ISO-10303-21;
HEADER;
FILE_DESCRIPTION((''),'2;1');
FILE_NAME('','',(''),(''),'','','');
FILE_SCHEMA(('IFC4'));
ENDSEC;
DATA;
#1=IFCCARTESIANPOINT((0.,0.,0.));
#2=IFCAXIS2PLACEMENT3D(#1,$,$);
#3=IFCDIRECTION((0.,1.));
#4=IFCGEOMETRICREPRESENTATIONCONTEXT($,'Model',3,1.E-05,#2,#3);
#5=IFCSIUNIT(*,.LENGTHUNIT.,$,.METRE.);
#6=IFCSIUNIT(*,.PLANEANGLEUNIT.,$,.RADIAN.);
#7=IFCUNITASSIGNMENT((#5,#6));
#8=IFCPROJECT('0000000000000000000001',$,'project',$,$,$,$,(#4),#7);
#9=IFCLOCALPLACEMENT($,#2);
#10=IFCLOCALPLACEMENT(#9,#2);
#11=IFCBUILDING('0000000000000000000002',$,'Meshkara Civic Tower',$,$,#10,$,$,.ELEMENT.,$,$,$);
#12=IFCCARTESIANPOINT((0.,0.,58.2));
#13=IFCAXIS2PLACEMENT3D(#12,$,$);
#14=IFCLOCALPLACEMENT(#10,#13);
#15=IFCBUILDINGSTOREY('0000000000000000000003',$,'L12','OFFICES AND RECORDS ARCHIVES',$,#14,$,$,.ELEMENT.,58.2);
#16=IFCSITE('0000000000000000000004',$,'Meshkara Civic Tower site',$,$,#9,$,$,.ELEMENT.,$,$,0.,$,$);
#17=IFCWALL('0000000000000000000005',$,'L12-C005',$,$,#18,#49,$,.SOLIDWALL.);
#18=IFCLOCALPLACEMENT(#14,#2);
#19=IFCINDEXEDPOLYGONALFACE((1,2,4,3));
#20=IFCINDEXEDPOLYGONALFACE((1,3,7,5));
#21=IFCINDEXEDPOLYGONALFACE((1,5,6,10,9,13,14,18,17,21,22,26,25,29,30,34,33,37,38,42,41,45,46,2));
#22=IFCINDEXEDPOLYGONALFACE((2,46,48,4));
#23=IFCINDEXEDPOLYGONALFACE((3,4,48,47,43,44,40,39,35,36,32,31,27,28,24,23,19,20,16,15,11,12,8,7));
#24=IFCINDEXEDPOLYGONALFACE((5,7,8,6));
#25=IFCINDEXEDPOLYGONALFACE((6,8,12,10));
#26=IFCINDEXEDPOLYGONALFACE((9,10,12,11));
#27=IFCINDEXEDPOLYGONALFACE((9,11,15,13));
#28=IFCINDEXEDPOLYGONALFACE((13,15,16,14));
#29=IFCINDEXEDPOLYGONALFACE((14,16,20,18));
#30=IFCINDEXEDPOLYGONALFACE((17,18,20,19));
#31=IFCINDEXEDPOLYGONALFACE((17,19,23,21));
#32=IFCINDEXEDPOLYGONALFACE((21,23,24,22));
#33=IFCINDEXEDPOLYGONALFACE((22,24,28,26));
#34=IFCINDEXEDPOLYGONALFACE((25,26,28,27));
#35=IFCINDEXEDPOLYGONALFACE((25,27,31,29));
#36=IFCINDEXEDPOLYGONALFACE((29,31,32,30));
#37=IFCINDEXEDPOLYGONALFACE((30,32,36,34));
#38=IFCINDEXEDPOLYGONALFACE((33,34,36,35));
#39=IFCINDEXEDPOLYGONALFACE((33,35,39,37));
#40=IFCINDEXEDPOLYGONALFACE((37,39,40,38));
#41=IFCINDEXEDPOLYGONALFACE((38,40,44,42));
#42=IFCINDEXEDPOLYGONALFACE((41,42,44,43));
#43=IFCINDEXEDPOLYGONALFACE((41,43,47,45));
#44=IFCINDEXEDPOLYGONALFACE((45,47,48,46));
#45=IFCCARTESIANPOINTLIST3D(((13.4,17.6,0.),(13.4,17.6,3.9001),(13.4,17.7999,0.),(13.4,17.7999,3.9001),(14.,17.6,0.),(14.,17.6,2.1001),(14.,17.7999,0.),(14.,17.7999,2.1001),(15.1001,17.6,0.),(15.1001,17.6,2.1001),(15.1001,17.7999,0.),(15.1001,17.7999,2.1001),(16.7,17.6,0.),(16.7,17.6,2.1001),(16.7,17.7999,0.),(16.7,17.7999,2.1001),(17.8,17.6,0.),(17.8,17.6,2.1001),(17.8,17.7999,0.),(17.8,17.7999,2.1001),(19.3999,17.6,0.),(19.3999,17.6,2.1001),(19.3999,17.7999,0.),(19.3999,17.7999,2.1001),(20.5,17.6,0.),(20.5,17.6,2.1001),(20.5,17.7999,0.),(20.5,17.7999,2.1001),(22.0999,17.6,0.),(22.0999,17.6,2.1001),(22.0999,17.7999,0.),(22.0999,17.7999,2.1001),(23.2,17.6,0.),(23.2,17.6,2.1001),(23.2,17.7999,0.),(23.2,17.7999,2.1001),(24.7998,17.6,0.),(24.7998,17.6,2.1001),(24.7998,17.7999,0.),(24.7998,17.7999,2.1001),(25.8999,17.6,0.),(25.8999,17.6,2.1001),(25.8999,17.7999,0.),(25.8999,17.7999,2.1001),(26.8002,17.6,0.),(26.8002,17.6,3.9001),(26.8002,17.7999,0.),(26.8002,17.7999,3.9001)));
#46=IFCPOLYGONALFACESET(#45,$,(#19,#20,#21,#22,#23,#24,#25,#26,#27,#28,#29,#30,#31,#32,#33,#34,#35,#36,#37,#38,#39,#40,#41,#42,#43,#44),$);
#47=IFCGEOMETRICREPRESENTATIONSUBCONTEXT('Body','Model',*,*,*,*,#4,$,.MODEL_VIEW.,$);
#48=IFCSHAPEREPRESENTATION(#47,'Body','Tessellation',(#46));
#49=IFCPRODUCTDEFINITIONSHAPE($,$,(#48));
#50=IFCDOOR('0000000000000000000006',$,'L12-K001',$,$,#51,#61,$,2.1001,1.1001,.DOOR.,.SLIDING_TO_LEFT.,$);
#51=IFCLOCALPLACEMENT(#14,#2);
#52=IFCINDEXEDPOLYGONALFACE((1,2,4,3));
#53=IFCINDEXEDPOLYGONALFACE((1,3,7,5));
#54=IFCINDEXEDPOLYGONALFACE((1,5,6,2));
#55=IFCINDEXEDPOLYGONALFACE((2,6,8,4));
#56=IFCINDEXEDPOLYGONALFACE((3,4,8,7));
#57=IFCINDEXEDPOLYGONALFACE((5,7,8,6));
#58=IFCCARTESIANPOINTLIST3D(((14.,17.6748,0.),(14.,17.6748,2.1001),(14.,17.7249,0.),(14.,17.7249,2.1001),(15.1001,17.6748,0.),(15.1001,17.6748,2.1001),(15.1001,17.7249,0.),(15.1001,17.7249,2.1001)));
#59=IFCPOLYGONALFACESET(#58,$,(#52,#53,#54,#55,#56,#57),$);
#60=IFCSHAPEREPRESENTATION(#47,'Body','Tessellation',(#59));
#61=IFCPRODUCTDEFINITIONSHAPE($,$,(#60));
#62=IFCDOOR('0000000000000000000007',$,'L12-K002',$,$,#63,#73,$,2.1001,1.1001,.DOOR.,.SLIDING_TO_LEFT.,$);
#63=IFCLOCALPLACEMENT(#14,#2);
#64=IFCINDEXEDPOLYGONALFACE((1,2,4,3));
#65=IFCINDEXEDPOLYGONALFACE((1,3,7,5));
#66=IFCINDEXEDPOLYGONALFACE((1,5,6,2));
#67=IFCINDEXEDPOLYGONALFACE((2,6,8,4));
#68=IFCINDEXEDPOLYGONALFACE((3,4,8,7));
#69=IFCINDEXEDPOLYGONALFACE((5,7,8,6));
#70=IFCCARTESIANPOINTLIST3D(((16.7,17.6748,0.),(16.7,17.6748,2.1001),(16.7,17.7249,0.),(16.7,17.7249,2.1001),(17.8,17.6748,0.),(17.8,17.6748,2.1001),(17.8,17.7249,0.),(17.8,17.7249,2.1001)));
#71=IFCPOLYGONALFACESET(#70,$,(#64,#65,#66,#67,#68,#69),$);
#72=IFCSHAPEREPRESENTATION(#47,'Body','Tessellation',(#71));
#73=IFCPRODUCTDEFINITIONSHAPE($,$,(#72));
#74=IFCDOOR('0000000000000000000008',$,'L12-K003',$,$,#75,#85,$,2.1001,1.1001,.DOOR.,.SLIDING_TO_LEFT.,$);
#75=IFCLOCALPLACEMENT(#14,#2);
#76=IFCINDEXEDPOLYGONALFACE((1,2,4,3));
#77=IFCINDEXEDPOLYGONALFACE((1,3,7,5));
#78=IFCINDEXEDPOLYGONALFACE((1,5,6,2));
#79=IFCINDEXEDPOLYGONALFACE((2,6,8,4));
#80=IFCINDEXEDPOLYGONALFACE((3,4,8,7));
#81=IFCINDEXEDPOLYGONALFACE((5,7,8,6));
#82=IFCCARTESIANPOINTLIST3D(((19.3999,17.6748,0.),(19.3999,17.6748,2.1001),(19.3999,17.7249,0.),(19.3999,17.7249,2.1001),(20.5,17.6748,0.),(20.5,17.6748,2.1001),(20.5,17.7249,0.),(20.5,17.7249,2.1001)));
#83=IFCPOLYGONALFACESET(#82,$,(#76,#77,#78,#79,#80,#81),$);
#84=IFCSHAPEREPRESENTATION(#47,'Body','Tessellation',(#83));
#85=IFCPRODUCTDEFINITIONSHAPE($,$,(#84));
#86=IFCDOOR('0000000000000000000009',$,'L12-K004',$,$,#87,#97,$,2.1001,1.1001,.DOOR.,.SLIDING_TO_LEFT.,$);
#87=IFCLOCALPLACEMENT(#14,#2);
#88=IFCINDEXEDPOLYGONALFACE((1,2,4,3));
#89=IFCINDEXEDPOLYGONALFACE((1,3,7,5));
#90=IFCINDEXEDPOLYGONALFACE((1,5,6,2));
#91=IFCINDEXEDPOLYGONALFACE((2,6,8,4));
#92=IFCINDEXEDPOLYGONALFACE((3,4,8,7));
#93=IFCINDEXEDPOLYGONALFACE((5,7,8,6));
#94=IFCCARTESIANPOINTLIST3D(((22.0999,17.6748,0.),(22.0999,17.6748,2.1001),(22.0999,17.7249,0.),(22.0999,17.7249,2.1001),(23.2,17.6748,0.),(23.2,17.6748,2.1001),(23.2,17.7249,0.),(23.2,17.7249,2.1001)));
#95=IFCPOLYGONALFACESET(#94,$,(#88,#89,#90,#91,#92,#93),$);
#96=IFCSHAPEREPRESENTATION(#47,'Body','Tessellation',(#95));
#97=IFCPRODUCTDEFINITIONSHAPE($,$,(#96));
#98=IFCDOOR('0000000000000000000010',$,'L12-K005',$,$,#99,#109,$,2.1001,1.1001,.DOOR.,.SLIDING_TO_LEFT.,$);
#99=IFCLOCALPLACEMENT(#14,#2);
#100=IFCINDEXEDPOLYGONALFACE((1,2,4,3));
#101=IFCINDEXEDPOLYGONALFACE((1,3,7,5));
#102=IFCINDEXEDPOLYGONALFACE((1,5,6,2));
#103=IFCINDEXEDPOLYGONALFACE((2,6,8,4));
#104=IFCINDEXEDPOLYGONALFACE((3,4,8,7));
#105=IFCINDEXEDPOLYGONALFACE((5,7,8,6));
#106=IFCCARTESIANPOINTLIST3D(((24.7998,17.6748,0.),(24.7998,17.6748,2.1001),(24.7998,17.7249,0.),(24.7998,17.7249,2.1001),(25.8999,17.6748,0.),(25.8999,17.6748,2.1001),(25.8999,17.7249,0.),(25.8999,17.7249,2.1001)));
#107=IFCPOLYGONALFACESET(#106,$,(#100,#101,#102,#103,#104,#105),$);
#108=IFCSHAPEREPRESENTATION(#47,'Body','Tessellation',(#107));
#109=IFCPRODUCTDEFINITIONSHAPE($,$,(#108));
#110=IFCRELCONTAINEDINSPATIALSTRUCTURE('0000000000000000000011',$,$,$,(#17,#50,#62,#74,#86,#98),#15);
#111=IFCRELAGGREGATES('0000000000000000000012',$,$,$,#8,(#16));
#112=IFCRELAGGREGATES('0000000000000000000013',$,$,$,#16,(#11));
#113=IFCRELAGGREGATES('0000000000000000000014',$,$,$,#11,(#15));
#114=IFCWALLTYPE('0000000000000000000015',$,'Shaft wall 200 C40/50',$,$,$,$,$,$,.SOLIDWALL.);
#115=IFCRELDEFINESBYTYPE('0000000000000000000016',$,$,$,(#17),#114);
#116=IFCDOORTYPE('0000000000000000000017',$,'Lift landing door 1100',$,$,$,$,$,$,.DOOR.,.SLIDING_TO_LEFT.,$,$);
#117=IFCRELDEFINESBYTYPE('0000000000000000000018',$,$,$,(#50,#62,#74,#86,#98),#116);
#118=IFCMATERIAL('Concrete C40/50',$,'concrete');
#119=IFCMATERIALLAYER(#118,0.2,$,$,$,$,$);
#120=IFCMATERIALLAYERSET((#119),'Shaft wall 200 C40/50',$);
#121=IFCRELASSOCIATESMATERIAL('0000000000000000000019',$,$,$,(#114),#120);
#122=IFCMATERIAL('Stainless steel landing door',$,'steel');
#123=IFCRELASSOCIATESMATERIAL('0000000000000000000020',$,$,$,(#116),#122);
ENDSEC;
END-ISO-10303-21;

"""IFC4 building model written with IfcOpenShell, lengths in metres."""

from ifc_helpers import new_model, si_unit, direction, frame, frame_2d, origin, place, context, subcontext, project, spatial, rectangle, extrude, material, layer, layer_set, type_object, element, fill, save


model = new_model("IFC4")

# Units and contexts
model_context = context("Model", 3, precision=1e-05, world=origin(), true_north=direction((0.0, 1.0)))
body_context = subcontext(model_context, "Body", "Model", "MODEL_VIEW")
ifc_project = project(units=[si_unit("LENGTHUNIT", "METRE"), si_unit("PLANEANGLEUNIT", "RADIAN")], contexts=[model_context])

# Site, building, storey
site_placement = place(None, origin())
site = spatial("IfcSite", under=ifc_project, at=site_placement, Name="Meshkara Civic Tower site", CompositionType="ELEMENT", RefElevation=0.0)
building_placement = place(site_placement, origin())
building = spatial("IfcBuilding", under=site, at=building_placement, Name="Meshkara Civic Tower", CompositionType="ELEMENT")
storey_placement = place(building_placement, frame((0.0, 0.0, 58.2)))
storey = spatial("IfcBuildingStorey", under=building, at=storey_placement, Name="L12", Description="OFFICES AND RECORDS ARCHIVES", CompositionType="ELEMENT", Elevation=58.2)

# Wall, openings, doors
ifc_material_1 = material(Name="Concrete C40/50", Category="concrete")
ifc_layer_1 = layer(ifc_material_1, 0.2)
ifc_layer_set_1 = layer_set([ifc_layer_1], Name="Shaft wall 200 C40/50")
wall_type_1 = type_object("IfcWallType", Name="Shaft wall 200 C40/50", PredefinedType="SOLIDWALL", material=ifc_layer_set_1)
wall_1_placement = place(storey_placement, frame((13.3999, 17.7, 0.0), z_axis=(0.0, 0.0, 1.0), x_axis=(1.0, 0.0, 0.0)))
wall_1 = element("IfcWall", 1, at=wall_1_placement, inside=storey, type_object=wall_type_1, Name="L12-C005", PredefinedType="SOLIDWALL", context=body_context, shape_type="SweptSolid", body=[
    extrude(rectangle(XDim=13.4001, YDim=0.2, at=frame_2d((6.7002, 0.0))), origin(), (0.0, 0.0, 1.0), 3.9001),
])
opening_1_placement = place(wall_1_placement, frame((0.6001, 0.0, 0.0)))
opening_1 = element("IfcOpeningElement", 2, at=opening_1_placement, cuts=wall_1, PredefinedType="OPENING", context=body_context, shape_type="SweptSolid", body=[
    extrude(rectangle(XDim=1.1001, YDim=2.1001, at=frame_2d((0.55, 1.05))), frame((0.0, 0.1099, 0.0), z_axis=(0.0, -1.0, 0.0), x_axis=(1.0, 0.0, 0.0)), (0.0, 0.0, 1.0), 0.22),
])
opening_2_placement = place(wall_1_placement, frame((3.3, 0.0, 0.0)))
opening_2 = element("IfcOpeningElement", 3, at=opening_2_placement, cuts=wall_1, PredefinedType="OPENING", context=body_context, shape_type="SweptSolid", body=[
    extrude(rectangle(XDim=1.1001, YDim=2.1001, at=frame_2d((0.55, 1.05))), frame((0.0, 0.1099, 0.0), z_axis=(0.0, -1.0, 0.0), x_axis=(1.0, 0.0, 0.0)), (0.0, 0.0, 1.0), 0.22),
])
opening_3_placement = place(wall_1_placement, frame((6.0, 0.0, 0.0)))
opening_3 = element("IfcOpeningElement", 4, at=opening_3_placement, cuts=wall_1, PredefinedType="OPENING", context=body_context, shape_type="SweptSolid", body=[
    extrude(rectangle(XDim=1.1001, YDim=2.1001, at=frame_2d((0.55, 1.05))), frame((0.0, 0.1099, 0.0), z_axis=(0.0, -1.0, 0.0), x_axis=(1.0, 0.0, 0.0)), (0.0, 0.0, 1.0), 0.22),
])
opening_4_placement = place(wall_1_placement, frame((8.7, 0.0, 0.0)))
opening_4 = element("IfcOpeningElement", 5, at=opening_4_placement, cuts=wall_1, PredefinedType="OPENING", context=body_context, shape_type="SweptSolid", body=[
    extrude(rectangle(XDim=1.1001, YDim=2.1001, at=frame_2d((0.55, 1.05))), frame((0.0, 0.1099, 0.0), z_axis=(0.0, -1.0, 0.0), x_axis=(1.0, 0.0, 0.0)), (0.0, 0.0, 1.0), 0.22),
])
opening_5_placement = place(wall_1_placement, frame((11.3999, 0.0, 0.0)))
opening_5 = element("IfcOpeningElement", 6, at=opening_5_placement, cuts=wall_1, PredefinedType="OPENING", context=body_context, shape_type="SweptSolid", body=[
    extrude(rectangle(XDim=1.1001, YDim=2.1001, at=frame_2d((0.55, 1.05))), frame((0.0, 0.1099, 0.0), z_axis=(0.0, -1.0, 0.0), x_axis=(1.0, 0.0, 0.0)), (0.0, 0.0, 1.0), 0.22),
])
ifc_material_2 = material(Name="Stainless steel landing door", Category="steel")
door_type_1 = type_object("IfcDoorType", Name="Lift landing door 1100", OperationType="SLIDING_TO_LEFT", PredefinedType="DOOR", material=ifc_material_2)
door_1_placement = place(opening_1_placement, origin())
door_1 = element("IfcDoor", 7, at=door_1_placement, inside=storey, type_object=door_type_1, Name="L12-K001", OperationType="SLIDING_TO_LEFT", OverallHeight=2.1001, OverallWidth=1.1001, PredefinedType="DOOR", context=body_context, shape_type="SweptSolid", body=[
    extrude(rectangle(XDim=1.1001, YDim=2.1001, at=frame_2d((0.55, 1.05))), frame((0.0, 0.0249, 0.0), z_axis=(0.0, -1.0, 0.0), x_axis=(1.0, 0.0, 0.0)), (0.0, 0.0, 1.0), 0.05),
])
fill(opening_1, door_1)
door_2_placement = place(opening_2_placement, origin())
door_2 = element("IfcDoor", 8, at=door_2_placement, inside=storey, type_object=door_type_1, Name="L12-K002", OperationType="SLIDING_TO_LEFT", OverallHeight=2.1001, OverallWidth=1.1001, PredefinedType="DOOR", context=body_context, shape_type="SweptSolid", body=[
    extrude(rectangle(XDim=1.1001, YDim=2.1001, at=frame_2d((0.55, 1.05))), frame((0.0, 0.0249, 0.0), z_axis=(0.0, -1.0, 0.0), x_axis=(1.0, 0.0, 0.0)), (0.0, 0.0, 1.0), 0.05),
])
fill(opening_2, door_2)
door_3_placement = place(opening_3_placement, origin())
door_3 = element("IfcDoor", 9, at=door_3_placement, inside=storey, type_object=door_type_1, Name="L12-K003", OperationType="SLIDING_TO_LEFT", OverallHeight=2.1001, OverallWidth=1.1001, PredefinedType="DOOR", context=body_context, shape_type="SweptSolid", body=[
    extrude(rectangle(XDim=1.1001, YDim=2.1001, at=frame_2d((0.55, 1.05))), frame((0.0, 0.0249, 0.0), z_axis=(0.0, -1.0, 0.0), x_axis=(1.0, 0.0, 0.0)), (0.0, 0.0, 1.0), 0.05),
])
fill(opening_3, door_3)
door_4_placement = place(opening_4_placement, origin())
door_4 = element("IfcDoor", 10, at=door_4_placement, inside=storey, type_object=door_type_1, Name="L12-K004", OperationType="SLIDING_TO_LEFT", OverallHeight=2.1001, OverallWidth=1.1001, PredefinedType="DOOR", context=body_context, shape_type="SweptSolid", body=[
    extrude(rectangle(XDim=1.1001, YDim=2.1001, at=frame_2d((0.55, 1.05))), frame((0.0, 0.0249, 0.0), z_axis=(0.0, -1.0, 0.0), x_axis=(1.0, 0.0, 0.0)), (0.0, 0.0, 1.0), 0.05),
])
fill(opening_4, door_4)
door_5_placement = place(opening_5_placement, origin())
door_5 = element("IfcDoor", 11, at=door_5_placement, inside=storey, type_object=door_type_1, Name="L12-K005", OperationType="SLIDING_TO_LEFT", OverallHeight=2.1001, OverallWidth=1.1001, PredefinedType="DOOR", context=body_context, shape_type="SweptSolid", body=[
    extrude(rectangle(XDim=1.1001, YDim=2.1001, at=frame_2d((0.55, 1.05))), frame((0.0, 0.0249, 0.0), z_axis=(0.0, -1.0, 0.0), x_axis=(1.0, 0.0, 0.0)), (0.0, 0.0, 1.0), 0.05),
])
fill(opening_5, door_5)

save(model, "model.ifc")
